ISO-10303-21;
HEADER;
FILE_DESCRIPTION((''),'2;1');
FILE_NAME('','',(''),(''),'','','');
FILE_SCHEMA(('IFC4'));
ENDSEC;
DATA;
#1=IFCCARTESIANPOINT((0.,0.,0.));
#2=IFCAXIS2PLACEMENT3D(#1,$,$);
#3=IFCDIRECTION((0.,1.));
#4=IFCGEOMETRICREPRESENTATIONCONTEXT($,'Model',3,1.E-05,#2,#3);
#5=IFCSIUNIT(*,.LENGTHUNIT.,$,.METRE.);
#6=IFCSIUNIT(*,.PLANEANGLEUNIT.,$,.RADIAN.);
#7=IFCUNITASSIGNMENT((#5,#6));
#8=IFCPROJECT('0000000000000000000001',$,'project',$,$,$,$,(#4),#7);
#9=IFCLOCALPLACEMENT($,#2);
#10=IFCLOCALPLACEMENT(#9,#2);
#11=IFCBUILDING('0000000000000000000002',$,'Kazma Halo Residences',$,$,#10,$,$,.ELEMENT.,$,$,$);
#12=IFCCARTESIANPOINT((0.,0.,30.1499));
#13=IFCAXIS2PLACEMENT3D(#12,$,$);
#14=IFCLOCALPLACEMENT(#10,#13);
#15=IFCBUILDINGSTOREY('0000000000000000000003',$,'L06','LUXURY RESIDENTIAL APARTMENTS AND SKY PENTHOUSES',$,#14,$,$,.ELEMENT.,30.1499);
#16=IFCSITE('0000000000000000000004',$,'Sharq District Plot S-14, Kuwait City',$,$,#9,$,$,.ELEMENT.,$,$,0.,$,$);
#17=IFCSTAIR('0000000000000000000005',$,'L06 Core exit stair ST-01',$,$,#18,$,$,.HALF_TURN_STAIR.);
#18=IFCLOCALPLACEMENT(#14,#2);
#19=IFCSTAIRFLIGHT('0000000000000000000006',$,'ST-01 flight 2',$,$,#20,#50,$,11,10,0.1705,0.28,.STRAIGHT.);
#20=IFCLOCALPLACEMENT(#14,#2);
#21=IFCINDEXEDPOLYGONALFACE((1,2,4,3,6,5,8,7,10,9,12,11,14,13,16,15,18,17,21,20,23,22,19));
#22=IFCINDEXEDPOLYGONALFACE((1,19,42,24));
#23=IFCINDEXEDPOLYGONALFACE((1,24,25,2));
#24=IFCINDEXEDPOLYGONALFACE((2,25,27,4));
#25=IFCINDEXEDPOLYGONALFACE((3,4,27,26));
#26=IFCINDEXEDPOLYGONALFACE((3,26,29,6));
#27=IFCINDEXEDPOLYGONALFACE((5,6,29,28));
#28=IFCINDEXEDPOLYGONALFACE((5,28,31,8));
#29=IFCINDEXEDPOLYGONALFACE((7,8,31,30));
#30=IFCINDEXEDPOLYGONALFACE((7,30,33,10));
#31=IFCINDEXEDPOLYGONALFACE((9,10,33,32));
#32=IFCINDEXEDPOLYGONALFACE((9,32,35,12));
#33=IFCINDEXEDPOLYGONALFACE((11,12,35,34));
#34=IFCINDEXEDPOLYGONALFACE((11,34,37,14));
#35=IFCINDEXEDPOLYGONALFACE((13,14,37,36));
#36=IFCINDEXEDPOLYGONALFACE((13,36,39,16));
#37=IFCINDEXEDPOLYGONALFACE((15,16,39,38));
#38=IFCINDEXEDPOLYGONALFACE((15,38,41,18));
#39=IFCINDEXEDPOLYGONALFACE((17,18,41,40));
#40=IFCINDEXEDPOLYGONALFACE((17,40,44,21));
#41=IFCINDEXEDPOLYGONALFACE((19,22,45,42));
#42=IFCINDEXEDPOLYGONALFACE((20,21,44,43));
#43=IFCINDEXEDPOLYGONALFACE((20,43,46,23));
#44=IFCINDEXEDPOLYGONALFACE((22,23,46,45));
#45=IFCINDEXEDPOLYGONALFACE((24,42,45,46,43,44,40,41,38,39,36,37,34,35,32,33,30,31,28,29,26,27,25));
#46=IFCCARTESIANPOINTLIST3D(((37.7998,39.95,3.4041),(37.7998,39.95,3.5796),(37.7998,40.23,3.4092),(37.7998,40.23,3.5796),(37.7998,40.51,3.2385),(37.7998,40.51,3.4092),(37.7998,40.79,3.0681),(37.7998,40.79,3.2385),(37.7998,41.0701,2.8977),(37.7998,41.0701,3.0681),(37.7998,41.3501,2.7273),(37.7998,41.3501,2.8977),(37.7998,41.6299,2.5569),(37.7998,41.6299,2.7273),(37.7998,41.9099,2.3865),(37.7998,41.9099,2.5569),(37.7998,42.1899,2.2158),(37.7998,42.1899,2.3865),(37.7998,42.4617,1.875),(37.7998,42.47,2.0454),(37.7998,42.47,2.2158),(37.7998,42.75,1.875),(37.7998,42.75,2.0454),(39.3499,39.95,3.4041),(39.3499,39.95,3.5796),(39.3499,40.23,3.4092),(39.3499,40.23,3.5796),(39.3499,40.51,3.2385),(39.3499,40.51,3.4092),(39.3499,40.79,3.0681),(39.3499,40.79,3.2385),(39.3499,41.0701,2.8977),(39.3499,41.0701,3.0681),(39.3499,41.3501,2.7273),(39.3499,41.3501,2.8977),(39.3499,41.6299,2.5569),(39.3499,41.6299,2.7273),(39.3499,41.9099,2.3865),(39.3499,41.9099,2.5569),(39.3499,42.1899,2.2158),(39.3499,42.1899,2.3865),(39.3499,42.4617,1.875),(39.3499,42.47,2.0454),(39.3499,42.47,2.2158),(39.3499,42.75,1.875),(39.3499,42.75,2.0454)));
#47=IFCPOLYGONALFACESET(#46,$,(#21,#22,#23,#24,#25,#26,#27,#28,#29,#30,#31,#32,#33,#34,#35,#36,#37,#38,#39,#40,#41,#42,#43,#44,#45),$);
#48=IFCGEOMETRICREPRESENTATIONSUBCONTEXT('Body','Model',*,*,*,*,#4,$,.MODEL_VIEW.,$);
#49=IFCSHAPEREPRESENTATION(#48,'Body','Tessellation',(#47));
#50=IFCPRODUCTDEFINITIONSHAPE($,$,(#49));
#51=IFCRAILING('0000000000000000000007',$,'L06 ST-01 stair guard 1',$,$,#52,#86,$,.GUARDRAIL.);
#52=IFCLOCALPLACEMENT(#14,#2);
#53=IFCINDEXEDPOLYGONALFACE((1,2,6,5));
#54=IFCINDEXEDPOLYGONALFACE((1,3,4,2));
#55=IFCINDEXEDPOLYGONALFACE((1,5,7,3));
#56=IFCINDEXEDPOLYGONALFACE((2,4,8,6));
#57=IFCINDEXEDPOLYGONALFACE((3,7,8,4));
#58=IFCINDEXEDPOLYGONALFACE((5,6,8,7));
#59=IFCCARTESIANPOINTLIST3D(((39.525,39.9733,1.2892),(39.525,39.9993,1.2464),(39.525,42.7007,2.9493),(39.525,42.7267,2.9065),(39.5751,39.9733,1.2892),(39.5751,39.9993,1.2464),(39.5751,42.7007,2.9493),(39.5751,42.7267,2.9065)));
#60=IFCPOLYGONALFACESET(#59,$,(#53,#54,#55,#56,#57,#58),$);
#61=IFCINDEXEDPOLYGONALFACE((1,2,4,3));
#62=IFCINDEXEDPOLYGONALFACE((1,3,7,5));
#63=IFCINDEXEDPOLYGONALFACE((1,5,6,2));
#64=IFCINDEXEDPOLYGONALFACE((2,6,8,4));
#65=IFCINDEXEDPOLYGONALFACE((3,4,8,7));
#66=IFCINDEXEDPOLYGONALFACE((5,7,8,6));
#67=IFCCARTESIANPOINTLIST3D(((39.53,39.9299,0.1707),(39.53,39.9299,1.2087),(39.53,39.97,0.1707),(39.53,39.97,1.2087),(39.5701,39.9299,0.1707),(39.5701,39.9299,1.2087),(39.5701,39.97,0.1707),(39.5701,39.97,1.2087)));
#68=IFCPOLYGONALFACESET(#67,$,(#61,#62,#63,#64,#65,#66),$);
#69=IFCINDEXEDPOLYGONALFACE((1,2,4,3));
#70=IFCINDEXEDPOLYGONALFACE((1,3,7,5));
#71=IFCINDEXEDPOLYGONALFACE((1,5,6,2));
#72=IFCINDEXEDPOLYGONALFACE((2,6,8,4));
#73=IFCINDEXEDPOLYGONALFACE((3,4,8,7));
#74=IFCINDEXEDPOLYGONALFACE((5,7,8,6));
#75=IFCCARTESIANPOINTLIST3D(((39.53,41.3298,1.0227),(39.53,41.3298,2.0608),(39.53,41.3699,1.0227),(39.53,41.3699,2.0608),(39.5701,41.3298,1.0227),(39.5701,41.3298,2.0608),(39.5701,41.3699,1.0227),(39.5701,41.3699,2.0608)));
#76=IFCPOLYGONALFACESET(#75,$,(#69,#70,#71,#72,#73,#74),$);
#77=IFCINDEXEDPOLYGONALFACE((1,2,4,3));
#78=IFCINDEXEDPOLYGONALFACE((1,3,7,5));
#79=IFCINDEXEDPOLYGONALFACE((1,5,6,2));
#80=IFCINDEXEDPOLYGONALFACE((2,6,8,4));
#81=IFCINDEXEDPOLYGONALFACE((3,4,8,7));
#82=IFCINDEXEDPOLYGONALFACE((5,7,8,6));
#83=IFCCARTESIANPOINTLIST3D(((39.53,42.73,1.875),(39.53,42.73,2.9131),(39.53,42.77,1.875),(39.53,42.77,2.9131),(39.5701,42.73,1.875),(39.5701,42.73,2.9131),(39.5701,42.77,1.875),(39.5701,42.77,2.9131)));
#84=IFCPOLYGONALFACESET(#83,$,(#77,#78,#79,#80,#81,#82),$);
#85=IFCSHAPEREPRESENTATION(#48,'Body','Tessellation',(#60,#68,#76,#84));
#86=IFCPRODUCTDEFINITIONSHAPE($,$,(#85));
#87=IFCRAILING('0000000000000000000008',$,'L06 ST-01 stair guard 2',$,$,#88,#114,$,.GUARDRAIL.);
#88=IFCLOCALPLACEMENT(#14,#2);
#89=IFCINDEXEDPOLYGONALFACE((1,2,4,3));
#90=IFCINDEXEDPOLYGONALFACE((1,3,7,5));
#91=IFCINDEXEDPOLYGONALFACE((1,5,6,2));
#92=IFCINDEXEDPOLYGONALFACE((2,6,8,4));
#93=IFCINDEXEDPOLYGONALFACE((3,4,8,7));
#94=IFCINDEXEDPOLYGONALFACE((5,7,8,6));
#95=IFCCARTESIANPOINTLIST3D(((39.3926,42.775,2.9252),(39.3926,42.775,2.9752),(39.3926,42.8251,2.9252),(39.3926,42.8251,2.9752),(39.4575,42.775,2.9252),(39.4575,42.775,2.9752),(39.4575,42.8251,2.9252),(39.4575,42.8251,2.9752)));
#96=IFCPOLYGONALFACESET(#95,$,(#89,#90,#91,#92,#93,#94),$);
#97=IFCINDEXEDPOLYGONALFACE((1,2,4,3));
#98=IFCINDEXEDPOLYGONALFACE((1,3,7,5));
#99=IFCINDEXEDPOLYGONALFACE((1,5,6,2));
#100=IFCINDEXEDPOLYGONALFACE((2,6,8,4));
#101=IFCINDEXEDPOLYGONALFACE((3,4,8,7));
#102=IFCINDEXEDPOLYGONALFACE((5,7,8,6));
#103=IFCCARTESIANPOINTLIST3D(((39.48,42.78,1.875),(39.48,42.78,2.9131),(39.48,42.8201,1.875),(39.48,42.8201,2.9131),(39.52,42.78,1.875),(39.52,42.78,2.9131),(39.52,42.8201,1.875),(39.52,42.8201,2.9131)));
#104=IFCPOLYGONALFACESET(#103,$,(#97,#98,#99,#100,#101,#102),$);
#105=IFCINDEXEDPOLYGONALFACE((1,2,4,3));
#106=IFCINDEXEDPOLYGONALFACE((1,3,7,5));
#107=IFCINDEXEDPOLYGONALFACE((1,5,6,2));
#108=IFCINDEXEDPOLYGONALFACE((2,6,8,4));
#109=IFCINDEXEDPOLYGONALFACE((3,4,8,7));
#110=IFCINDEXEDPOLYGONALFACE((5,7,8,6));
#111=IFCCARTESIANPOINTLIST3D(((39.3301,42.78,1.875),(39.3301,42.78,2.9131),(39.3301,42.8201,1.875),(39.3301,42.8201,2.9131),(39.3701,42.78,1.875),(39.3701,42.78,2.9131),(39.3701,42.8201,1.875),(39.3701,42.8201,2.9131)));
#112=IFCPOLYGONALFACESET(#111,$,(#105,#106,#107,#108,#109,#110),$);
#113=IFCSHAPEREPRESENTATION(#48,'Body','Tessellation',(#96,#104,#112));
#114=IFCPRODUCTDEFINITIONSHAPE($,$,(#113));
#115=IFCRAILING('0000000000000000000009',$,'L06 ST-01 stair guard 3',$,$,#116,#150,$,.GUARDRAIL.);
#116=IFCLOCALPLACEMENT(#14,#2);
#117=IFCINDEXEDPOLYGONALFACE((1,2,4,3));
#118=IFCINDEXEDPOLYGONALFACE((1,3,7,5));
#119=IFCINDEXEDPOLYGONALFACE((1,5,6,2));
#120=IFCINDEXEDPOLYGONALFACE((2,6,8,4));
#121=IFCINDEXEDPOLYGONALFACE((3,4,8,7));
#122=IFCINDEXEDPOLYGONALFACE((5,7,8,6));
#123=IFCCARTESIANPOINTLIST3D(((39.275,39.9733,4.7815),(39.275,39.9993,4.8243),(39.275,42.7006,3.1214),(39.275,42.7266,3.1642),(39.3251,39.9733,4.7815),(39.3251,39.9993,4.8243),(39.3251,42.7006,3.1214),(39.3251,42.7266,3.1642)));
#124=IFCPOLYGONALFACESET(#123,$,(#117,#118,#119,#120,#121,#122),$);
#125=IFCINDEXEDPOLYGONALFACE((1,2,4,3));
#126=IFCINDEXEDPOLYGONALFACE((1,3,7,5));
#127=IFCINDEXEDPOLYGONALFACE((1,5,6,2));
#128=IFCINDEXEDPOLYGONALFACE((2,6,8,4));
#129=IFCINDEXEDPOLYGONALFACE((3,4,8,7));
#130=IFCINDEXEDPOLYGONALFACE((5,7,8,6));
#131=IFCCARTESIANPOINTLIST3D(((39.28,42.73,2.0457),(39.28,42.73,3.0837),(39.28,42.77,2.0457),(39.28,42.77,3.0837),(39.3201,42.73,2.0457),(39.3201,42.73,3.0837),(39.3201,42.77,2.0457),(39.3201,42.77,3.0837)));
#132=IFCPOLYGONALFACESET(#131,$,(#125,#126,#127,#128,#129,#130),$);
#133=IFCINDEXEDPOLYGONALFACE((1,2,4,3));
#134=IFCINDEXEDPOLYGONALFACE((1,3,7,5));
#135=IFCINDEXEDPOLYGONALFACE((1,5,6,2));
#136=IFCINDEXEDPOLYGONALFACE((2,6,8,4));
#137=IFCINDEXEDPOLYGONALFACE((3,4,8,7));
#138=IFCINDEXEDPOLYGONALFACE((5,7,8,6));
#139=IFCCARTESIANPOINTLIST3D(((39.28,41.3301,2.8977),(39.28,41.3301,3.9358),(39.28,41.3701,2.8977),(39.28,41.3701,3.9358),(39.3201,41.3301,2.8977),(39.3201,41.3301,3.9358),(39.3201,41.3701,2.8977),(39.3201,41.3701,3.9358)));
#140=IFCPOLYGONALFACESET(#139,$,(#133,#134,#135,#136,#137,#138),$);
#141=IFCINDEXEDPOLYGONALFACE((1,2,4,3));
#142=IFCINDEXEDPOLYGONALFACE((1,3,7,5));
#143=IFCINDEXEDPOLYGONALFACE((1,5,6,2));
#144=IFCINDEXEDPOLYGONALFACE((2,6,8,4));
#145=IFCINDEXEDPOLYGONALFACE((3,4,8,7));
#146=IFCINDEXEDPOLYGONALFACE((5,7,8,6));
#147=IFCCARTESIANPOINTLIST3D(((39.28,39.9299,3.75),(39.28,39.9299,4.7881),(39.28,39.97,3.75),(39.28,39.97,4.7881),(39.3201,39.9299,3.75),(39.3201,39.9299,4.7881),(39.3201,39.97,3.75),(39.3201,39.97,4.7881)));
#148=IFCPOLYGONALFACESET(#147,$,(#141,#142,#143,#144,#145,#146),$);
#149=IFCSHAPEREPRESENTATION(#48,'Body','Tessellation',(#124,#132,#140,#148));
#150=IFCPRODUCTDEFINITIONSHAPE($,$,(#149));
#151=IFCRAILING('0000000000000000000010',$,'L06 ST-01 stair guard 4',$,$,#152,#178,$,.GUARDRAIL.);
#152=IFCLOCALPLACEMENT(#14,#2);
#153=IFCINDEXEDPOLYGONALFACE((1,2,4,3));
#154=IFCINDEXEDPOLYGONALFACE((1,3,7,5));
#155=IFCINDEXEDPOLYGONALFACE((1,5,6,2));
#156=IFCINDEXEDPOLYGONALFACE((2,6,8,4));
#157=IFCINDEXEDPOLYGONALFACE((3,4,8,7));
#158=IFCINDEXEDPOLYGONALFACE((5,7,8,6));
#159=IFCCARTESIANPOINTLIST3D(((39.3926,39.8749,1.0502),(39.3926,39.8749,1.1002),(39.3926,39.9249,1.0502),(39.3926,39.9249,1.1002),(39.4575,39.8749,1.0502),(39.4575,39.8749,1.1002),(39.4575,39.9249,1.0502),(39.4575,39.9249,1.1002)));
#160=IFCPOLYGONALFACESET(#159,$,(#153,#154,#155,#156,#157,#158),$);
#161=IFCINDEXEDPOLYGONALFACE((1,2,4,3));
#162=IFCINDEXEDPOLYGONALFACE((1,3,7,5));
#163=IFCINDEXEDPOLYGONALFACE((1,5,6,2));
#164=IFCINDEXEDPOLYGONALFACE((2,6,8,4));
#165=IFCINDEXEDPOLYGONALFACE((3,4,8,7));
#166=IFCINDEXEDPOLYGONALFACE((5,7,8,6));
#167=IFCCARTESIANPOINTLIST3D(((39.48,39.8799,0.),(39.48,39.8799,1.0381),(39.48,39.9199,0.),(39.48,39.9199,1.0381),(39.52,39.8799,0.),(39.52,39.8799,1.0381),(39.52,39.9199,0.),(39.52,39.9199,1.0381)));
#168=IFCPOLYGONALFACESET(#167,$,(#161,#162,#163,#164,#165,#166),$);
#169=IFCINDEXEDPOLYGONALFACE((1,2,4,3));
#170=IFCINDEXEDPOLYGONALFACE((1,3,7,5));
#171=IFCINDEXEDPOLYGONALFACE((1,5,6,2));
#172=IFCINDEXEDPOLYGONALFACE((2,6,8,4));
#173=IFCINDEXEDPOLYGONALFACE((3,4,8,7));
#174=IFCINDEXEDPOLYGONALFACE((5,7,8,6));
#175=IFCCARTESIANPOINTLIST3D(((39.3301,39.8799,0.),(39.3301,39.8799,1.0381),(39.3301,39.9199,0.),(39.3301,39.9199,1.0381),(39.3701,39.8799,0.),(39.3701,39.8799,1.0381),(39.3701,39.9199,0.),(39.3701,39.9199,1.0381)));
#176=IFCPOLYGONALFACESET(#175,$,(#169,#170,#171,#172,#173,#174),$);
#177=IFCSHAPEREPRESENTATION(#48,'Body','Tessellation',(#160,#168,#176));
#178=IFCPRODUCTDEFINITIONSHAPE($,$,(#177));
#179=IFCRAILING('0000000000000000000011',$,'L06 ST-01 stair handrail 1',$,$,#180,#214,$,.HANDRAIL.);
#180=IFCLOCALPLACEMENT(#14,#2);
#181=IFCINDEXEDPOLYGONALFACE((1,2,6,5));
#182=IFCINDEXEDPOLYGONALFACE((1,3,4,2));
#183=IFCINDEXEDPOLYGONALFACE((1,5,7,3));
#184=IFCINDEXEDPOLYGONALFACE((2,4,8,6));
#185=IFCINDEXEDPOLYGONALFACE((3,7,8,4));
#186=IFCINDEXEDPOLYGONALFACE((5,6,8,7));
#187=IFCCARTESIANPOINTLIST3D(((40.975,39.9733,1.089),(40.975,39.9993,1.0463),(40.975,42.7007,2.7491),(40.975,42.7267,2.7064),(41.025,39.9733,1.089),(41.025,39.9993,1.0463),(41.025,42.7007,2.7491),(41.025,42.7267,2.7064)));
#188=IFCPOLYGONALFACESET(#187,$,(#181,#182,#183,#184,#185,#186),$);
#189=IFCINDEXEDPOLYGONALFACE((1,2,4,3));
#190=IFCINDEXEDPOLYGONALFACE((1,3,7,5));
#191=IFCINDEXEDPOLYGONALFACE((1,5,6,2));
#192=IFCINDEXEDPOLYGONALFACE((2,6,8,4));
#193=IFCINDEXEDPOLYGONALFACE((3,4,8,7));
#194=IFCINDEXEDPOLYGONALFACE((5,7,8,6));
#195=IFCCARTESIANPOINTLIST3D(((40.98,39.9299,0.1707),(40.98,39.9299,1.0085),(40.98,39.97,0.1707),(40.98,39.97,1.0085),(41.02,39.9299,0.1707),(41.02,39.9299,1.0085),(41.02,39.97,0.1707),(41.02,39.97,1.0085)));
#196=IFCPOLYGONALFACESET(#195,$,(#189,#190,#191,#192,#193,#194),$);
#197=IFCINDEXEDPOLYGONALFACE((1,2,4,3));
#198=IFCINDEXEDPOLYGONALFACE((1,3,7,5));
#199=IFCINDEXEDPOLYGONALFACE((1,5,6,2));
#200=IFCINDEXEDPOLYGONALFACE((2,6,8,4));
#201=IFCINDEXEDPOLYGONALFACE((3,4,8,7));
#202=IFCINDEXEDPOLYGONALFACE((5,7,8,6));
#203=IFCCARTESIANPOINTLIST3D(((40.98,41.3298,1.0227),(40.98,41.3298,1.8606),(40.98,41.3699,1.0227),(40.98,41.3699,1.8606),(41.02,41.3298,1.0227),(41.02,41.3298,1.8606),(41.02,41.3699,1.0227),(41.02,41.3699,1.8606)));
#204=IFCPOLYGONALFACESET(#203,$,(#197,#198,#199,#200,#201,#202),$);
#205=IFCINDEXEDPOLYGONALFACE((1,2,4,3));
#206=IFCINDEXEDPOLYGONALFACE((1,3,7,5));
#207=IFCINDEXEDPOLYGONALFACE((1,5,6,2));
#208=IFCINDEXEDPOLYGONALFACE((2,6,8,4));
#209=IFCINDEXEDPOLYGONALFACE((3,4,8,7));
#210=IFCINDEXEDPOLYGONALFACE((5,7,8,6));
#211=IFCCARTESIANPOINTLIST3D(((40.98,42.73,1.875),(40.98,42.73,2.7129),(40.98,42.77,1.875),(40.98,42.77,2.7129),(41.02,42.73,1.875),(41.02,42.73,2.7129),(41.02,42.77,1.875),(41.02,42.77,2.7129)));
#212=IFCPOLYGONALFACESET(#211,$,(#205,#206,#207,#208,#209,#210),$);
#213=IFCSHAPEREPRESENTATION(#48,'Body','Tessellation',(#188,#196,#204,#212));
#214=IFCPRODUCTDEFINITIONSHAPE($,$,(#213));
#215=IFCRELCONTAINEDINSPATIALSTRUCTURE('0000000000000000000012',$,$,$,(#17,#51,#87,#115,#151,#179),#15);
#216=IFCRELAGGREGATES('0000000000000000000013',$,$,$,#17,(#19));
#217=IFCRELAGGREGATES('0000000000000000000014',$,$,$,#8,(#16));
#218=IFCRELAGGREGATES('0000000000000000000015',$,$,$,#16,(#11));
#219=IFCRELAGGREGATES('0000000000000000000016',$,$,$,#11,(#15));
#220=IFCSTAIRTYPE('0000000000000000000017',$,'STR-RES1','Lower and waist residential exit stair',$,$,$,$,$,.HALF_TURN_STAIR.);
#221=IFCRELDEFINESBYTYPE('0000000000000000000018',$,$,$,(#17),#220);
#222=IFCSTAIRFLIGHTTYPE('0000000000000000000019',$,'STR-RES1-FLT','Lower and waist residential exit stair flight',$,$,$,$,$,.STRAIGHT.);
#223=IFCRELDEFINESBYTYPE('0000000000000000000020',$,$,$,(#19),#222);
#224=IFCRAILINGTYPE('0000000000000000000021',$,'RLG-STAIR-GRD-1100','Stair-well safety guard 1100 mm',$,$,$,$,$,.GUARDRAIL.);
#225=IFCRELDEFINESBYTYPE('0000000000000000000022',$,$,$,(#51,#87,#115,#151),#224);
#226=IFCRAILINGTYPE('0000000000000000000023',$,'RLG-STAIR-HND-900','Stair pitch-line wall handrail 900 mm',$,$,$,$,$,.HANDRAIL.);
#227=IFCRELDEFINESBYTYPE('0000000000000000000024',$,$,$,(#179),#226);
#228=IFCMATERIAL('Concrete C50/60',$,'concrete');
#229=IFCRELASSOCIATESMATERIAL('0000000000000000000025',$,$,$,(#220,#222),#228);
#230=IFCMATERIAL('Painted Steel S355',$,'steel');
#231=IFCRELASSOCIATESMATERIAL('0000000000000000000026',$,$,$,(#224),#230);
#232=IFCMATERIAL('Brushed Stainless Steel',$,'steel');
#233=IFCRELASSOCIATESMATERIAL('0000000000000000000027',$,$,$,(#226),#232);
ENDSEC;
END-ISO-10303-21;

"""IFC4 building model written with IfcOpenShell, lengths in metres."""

from ifc_helpers import new_model, si_unit, direction, frame, origin, origin_2d, place, context, subcontext, project, spatial, polyline, rectangle, outline, extrude, material, type_object, element, aggregate, save


model = new_model("IFC4")

# Units and contexts
model_context = context("Model", 3, precision=1e-05, world=origin(), true_north=direction((0.0, 1.0)))
body_context = subcontext(model_context, "Body", "Model", "MODEL_VIEW")
ifc_project = project(units=[si_unit("LENGTHUNIT", "METRE"), si_unit("PLANEANGLEUNIT", "RADIAN")], contexts=[model_context])

# Site, building, storey
site_placement = place(None, origin())
site = spatial("IfcSite", under=ifc_project, at=site_placement, Name="Sharq District Plot S-14, Kuwait City", CompositionType="ELEMENT", RefElevation=0.0)
building_placement = place(site_placement, origin())
building = spatial("IfcBuilding", under=site, at=building_placement, Name="Kazma Halo Residences", CompositionType="ELEMENT")
storey_placement = place(building_placement, frame((0.0, 0.0, 30.1499)))
storey = spatial("IfcBuildingStorey", under=building, at=storey_placement, Name="L06", Description="LUXURY RESIDENTIAL APARTMENTS AND SKY PENTHOUSES", CompositionType="ELEMENT", Elevation=30.1499)

# Stair, stair flight
ifc_material_1 = material(Name="Concrete C50/60", Category="concrete")
stair_type = type_object("IfcStairType", Name="STR-RES1", Description="Lower and waist residential exit stair", PredefinedType="HALF_TURN_STAIR", material=ifc_material_1)
stair_placement = place(storey_placement, origin())
stair = element("IfcStair", 1, at=stair_placement, inside=storey, type_object=stair_type, Name="L06 Core exit stair ST-01", PredefinedType="HALF_TURN_STAIR")
stair_flight_type = type_object("IfcStairFlightType", Name="STR-RES1-FLT", Description="Lower and waist residential exit stair flight", PredefinedType="STRAIGHT", material=ifc_material_1)
stair_flight_1_placement = place(storey_placement, frame((38.575, 42.75, 1.875), z_axis=(0.0, 0.0, 1.0), x_axis=(0.0, -1.0, 0.0)))
stair_flight_1 = element("IfcStairFlight", 2, at=stair_flight_1_placement, type_object=stair_flight_type, Name="ST-01 flight 2", NumberOfRisers=11, NumberOfTreads=10, PredefinedType="STRAIGHT", RiserHeight=0.1705, TreadLength=0.28, context=body_context, shape_type="SweptSolid", body=[
    extrude(outline(polyline([(0.0, 0.0), (0.0, 0.1704), (0.28, 0.1704), (0.28, 0.3408), (0.5601, 0.3408), (0.5601, 0.5115), (0.8401, 0.5115), (0.8401, 0.6819), (1.1201, 0.6819), (1.1201, 0.8523), (1.3999, 0.8523), (1.3999, 1.0227), (1.6799, 1.0227), (1.6799, 1.1931), (1.96, 1.1931), (1.96, 1.3635), (2.24, 1.3635), (2.24, 1.5342), (2.52, 1.5342), (2.52, 1.7046), (2.8, 1.7046), (2.8, 1.875), (2.8, 1.5291), (0.2883, 0.0), (0.0, 0.0)])), frame((0.0, 0.7749, 0.0), z_axis=(0.0, -1.0, 0.0), x_axis=(1.0, 0.0, 0.0)), (0.0, 0.0, 1.0), 1.55),
])
aggregate(stair, [stair_flight_1])

# Railings
ifc_material_2 = material(Name="Painted Steel S355", Category="steel")
railing_type_1 = type_object("IfcRailingType", Name="RLG-STAIR-GRD-1100", Description="Stair-well safety guard 1100 mm", PredefinedType="GUARDRAIL", material=ifc_material_2)
railing_1_placement = place(storey_placement, frame((39.55, 39.95, 0.1707)))
element("IfcRailing", 3, at=railing_1_placement, inside=storey, type_object=railing_type_1, Name="L06 ST-01 stair guard 1", PredefinedType="GUARDRAIL", context=body_context, shape_type="SweptSolid", body=[
    extrude(rectangle(XDim=0.05, YDim=0.05, at=origin_2d()), frame((0.0, 0.0364, 1.0972), z_axis=(0.0, 0.854203, 0.51994), x_axis=(-1.0, 0.0, 0.0)), (0.0, 0.0, 1.0), 3.1929),
    extrude(rectangle(XDim=0.04, YDim=0.04, at=origin_2d()), origin(), (0.0, 0.0, 1.0), 1.0381),
    extrude(rectangle(XDim=0.04, YDim=0.04, at=origin_2d()), frame((0.0, 1.3999, 0.8521)), (0.0, 0.0, 1.0), 1.0381),
    extrude(rectangle(XDim=0.04, YDim=0.04, at=origin_2d()), frame((0.0, 2.8, 1.7043)), (0.0, 0.0, 1.0), 1.0381),
])
railing_2_placement = place(storey_placement, frame((39.5, 42.8, 1.875)))
element("IfcRailing", 4, at=railing_2_placement, inside=storey, type_object=railing_type_1, Name="L06 ST-01 stair guard 2", PredefinedType="GUARDRAIL", context=body_context, shape_type="SweptSolid", body=[
    extrude(rectangle(XDim=0.05, YDim=0.05, at=origin_2d()), frame((-0.0425, 0.0, 1.0752), z_axis=(-1.0, 0.0, 0.0), x_axis=(0.0, -1.0, 0.0)), (0.0, 0.0, 1.0), 0.0649),
    extrude(rectangle(XDim=0.04, YDim=0.04, at=origin_2d()), origin(), (0.0, 0.0, 1.0), 1.0381),
    extrude(rectangle(XDim=0.04, YDim=0.04, at=origin_2d()), frame((-0.1499, 0.0, 0.0)), (0.0, 0.0, 1.0), 1.0381),
])
railing_3_placement = place(storey_placement, frame((39.3, 42.75, 2.0457)))
element("IfcRailing", 5, at=railing_3_placement, inside=storey, type_object=railing_type_1, Name="L06 ST-01 stair guard 3", PredefinedType="GUARDRAIL", context=body_context, shape_type="SweptSolid", body=[
    extrude(rectangle(XDim=0.05, YDim=0.05, at=origin_2d()), frame((0.0, -0.0364, 1.0972), z_axis=(0.0, -0.854203, 0.51994), x_axis=(1.0, 0.0, 0.0)), (0.0, 0.0, 1.0), 3.1929),
    extrude(rectangle(XDim=0.04, YDim=0.04, at=origin_2d()), origin(), (0.0, 0.0, 1.0), 1.0381),
    extrude(rectangle(XDim=0.04, YDim=0.04, at=origin_2d()), frame((0.0, -1.3999, 0.8521)), (0.0, 0.0, 1.0), 1.0381),
    extrude(rectangle(XDim=0.04, YDim=0.04, at=origin_2d()), frame((0.0, -2.8, 1.7043)), (0.0, 0.0, 1.0), 1.0381),
])
railing_4_placement = place(storey_placement, frame((39.5, 39.8999, 0.0)))
element("IfcRailing", 6, at=railing_4_placement, inside=storey, type_object=railing_type_1, Name="L06 ST-01 stair guard 4", PredefinedType="GUARDRAIL", context=body_context, shape_type="SweptSolid", body=[
    extrude(rectangle(XDim=0.05, YDim=0.05, at=origin_2d()), frame((-0.0425, 0.0, 1.0752), z_axis=(-1.0, 0.0, 0.0), x_axis=(0.0, -1.0, 0.0)), (0.0, 0.0, 1.0), 0.0649),
    extrude(rectangle(XDim=0.04, YDim=0.04, at=origin_2d()), origin(), (0.0, 0.0, 1.0), 1.0381),
    extrude(rectangle(XDim=0.04, YDim=0.04, at=origin_2d()), frame((-0.1499, 0.0, 0.0)), (0.0, 0.0, 1.0), 1.0381),
])
ifc_material_3 = material(Name="Brushed Stainless Steel", Category="steel")
railing_type_2 = type_object("IfcRailingType", Name="RLG-STAIR-HND-900", Description="Stair pitch-line wall handrail 900 mm", PredefinedType="HANDRAIL", material=ifc_material_3)
railing_5_placement = place(storey_placement, frame((41.0, 39.95, 0.1707)))
element("IfcRailing", 7, at=railing_5_placement, inside=storey, type_object=railing_type_2, Name="L06 ST-01 stair handrail 1", PredefinedType="HANDRAIL", context=body_context, shape_type="SweptSolid", body=[
    extrude(rectangle(XDim=0.05, YDim=0.05, at=origin_2d()), frame((0.0, 0.0364, 0.897), z_axis=(0.0, 0.854203, 0.51994), x_axis=(-1.0, 0.0, 0.0)), (0.0, 0.0, 1.0), 3.1929),
    extrude(rectangle(XDim=0.04, YDim=0.04, at=origin_2d()), origin(), (0.0, 0.0, 1.0), 0.8379),
    extrude(rectangle(XDim=0.04, YDim=0.04, at=origin_2d()), frame((0.0, 1.3999, 0.8521)), (0.0, 0.0, 1.0), 0.8379),
    extrude(rectangle(XDim=0.04, YDim=0.04, at=origin_2d()), frame((0.0, 2.8, 1.7043)), (0.0, 0.0, 1.0), 0.8379),
])

save(model, "model.ifc")
